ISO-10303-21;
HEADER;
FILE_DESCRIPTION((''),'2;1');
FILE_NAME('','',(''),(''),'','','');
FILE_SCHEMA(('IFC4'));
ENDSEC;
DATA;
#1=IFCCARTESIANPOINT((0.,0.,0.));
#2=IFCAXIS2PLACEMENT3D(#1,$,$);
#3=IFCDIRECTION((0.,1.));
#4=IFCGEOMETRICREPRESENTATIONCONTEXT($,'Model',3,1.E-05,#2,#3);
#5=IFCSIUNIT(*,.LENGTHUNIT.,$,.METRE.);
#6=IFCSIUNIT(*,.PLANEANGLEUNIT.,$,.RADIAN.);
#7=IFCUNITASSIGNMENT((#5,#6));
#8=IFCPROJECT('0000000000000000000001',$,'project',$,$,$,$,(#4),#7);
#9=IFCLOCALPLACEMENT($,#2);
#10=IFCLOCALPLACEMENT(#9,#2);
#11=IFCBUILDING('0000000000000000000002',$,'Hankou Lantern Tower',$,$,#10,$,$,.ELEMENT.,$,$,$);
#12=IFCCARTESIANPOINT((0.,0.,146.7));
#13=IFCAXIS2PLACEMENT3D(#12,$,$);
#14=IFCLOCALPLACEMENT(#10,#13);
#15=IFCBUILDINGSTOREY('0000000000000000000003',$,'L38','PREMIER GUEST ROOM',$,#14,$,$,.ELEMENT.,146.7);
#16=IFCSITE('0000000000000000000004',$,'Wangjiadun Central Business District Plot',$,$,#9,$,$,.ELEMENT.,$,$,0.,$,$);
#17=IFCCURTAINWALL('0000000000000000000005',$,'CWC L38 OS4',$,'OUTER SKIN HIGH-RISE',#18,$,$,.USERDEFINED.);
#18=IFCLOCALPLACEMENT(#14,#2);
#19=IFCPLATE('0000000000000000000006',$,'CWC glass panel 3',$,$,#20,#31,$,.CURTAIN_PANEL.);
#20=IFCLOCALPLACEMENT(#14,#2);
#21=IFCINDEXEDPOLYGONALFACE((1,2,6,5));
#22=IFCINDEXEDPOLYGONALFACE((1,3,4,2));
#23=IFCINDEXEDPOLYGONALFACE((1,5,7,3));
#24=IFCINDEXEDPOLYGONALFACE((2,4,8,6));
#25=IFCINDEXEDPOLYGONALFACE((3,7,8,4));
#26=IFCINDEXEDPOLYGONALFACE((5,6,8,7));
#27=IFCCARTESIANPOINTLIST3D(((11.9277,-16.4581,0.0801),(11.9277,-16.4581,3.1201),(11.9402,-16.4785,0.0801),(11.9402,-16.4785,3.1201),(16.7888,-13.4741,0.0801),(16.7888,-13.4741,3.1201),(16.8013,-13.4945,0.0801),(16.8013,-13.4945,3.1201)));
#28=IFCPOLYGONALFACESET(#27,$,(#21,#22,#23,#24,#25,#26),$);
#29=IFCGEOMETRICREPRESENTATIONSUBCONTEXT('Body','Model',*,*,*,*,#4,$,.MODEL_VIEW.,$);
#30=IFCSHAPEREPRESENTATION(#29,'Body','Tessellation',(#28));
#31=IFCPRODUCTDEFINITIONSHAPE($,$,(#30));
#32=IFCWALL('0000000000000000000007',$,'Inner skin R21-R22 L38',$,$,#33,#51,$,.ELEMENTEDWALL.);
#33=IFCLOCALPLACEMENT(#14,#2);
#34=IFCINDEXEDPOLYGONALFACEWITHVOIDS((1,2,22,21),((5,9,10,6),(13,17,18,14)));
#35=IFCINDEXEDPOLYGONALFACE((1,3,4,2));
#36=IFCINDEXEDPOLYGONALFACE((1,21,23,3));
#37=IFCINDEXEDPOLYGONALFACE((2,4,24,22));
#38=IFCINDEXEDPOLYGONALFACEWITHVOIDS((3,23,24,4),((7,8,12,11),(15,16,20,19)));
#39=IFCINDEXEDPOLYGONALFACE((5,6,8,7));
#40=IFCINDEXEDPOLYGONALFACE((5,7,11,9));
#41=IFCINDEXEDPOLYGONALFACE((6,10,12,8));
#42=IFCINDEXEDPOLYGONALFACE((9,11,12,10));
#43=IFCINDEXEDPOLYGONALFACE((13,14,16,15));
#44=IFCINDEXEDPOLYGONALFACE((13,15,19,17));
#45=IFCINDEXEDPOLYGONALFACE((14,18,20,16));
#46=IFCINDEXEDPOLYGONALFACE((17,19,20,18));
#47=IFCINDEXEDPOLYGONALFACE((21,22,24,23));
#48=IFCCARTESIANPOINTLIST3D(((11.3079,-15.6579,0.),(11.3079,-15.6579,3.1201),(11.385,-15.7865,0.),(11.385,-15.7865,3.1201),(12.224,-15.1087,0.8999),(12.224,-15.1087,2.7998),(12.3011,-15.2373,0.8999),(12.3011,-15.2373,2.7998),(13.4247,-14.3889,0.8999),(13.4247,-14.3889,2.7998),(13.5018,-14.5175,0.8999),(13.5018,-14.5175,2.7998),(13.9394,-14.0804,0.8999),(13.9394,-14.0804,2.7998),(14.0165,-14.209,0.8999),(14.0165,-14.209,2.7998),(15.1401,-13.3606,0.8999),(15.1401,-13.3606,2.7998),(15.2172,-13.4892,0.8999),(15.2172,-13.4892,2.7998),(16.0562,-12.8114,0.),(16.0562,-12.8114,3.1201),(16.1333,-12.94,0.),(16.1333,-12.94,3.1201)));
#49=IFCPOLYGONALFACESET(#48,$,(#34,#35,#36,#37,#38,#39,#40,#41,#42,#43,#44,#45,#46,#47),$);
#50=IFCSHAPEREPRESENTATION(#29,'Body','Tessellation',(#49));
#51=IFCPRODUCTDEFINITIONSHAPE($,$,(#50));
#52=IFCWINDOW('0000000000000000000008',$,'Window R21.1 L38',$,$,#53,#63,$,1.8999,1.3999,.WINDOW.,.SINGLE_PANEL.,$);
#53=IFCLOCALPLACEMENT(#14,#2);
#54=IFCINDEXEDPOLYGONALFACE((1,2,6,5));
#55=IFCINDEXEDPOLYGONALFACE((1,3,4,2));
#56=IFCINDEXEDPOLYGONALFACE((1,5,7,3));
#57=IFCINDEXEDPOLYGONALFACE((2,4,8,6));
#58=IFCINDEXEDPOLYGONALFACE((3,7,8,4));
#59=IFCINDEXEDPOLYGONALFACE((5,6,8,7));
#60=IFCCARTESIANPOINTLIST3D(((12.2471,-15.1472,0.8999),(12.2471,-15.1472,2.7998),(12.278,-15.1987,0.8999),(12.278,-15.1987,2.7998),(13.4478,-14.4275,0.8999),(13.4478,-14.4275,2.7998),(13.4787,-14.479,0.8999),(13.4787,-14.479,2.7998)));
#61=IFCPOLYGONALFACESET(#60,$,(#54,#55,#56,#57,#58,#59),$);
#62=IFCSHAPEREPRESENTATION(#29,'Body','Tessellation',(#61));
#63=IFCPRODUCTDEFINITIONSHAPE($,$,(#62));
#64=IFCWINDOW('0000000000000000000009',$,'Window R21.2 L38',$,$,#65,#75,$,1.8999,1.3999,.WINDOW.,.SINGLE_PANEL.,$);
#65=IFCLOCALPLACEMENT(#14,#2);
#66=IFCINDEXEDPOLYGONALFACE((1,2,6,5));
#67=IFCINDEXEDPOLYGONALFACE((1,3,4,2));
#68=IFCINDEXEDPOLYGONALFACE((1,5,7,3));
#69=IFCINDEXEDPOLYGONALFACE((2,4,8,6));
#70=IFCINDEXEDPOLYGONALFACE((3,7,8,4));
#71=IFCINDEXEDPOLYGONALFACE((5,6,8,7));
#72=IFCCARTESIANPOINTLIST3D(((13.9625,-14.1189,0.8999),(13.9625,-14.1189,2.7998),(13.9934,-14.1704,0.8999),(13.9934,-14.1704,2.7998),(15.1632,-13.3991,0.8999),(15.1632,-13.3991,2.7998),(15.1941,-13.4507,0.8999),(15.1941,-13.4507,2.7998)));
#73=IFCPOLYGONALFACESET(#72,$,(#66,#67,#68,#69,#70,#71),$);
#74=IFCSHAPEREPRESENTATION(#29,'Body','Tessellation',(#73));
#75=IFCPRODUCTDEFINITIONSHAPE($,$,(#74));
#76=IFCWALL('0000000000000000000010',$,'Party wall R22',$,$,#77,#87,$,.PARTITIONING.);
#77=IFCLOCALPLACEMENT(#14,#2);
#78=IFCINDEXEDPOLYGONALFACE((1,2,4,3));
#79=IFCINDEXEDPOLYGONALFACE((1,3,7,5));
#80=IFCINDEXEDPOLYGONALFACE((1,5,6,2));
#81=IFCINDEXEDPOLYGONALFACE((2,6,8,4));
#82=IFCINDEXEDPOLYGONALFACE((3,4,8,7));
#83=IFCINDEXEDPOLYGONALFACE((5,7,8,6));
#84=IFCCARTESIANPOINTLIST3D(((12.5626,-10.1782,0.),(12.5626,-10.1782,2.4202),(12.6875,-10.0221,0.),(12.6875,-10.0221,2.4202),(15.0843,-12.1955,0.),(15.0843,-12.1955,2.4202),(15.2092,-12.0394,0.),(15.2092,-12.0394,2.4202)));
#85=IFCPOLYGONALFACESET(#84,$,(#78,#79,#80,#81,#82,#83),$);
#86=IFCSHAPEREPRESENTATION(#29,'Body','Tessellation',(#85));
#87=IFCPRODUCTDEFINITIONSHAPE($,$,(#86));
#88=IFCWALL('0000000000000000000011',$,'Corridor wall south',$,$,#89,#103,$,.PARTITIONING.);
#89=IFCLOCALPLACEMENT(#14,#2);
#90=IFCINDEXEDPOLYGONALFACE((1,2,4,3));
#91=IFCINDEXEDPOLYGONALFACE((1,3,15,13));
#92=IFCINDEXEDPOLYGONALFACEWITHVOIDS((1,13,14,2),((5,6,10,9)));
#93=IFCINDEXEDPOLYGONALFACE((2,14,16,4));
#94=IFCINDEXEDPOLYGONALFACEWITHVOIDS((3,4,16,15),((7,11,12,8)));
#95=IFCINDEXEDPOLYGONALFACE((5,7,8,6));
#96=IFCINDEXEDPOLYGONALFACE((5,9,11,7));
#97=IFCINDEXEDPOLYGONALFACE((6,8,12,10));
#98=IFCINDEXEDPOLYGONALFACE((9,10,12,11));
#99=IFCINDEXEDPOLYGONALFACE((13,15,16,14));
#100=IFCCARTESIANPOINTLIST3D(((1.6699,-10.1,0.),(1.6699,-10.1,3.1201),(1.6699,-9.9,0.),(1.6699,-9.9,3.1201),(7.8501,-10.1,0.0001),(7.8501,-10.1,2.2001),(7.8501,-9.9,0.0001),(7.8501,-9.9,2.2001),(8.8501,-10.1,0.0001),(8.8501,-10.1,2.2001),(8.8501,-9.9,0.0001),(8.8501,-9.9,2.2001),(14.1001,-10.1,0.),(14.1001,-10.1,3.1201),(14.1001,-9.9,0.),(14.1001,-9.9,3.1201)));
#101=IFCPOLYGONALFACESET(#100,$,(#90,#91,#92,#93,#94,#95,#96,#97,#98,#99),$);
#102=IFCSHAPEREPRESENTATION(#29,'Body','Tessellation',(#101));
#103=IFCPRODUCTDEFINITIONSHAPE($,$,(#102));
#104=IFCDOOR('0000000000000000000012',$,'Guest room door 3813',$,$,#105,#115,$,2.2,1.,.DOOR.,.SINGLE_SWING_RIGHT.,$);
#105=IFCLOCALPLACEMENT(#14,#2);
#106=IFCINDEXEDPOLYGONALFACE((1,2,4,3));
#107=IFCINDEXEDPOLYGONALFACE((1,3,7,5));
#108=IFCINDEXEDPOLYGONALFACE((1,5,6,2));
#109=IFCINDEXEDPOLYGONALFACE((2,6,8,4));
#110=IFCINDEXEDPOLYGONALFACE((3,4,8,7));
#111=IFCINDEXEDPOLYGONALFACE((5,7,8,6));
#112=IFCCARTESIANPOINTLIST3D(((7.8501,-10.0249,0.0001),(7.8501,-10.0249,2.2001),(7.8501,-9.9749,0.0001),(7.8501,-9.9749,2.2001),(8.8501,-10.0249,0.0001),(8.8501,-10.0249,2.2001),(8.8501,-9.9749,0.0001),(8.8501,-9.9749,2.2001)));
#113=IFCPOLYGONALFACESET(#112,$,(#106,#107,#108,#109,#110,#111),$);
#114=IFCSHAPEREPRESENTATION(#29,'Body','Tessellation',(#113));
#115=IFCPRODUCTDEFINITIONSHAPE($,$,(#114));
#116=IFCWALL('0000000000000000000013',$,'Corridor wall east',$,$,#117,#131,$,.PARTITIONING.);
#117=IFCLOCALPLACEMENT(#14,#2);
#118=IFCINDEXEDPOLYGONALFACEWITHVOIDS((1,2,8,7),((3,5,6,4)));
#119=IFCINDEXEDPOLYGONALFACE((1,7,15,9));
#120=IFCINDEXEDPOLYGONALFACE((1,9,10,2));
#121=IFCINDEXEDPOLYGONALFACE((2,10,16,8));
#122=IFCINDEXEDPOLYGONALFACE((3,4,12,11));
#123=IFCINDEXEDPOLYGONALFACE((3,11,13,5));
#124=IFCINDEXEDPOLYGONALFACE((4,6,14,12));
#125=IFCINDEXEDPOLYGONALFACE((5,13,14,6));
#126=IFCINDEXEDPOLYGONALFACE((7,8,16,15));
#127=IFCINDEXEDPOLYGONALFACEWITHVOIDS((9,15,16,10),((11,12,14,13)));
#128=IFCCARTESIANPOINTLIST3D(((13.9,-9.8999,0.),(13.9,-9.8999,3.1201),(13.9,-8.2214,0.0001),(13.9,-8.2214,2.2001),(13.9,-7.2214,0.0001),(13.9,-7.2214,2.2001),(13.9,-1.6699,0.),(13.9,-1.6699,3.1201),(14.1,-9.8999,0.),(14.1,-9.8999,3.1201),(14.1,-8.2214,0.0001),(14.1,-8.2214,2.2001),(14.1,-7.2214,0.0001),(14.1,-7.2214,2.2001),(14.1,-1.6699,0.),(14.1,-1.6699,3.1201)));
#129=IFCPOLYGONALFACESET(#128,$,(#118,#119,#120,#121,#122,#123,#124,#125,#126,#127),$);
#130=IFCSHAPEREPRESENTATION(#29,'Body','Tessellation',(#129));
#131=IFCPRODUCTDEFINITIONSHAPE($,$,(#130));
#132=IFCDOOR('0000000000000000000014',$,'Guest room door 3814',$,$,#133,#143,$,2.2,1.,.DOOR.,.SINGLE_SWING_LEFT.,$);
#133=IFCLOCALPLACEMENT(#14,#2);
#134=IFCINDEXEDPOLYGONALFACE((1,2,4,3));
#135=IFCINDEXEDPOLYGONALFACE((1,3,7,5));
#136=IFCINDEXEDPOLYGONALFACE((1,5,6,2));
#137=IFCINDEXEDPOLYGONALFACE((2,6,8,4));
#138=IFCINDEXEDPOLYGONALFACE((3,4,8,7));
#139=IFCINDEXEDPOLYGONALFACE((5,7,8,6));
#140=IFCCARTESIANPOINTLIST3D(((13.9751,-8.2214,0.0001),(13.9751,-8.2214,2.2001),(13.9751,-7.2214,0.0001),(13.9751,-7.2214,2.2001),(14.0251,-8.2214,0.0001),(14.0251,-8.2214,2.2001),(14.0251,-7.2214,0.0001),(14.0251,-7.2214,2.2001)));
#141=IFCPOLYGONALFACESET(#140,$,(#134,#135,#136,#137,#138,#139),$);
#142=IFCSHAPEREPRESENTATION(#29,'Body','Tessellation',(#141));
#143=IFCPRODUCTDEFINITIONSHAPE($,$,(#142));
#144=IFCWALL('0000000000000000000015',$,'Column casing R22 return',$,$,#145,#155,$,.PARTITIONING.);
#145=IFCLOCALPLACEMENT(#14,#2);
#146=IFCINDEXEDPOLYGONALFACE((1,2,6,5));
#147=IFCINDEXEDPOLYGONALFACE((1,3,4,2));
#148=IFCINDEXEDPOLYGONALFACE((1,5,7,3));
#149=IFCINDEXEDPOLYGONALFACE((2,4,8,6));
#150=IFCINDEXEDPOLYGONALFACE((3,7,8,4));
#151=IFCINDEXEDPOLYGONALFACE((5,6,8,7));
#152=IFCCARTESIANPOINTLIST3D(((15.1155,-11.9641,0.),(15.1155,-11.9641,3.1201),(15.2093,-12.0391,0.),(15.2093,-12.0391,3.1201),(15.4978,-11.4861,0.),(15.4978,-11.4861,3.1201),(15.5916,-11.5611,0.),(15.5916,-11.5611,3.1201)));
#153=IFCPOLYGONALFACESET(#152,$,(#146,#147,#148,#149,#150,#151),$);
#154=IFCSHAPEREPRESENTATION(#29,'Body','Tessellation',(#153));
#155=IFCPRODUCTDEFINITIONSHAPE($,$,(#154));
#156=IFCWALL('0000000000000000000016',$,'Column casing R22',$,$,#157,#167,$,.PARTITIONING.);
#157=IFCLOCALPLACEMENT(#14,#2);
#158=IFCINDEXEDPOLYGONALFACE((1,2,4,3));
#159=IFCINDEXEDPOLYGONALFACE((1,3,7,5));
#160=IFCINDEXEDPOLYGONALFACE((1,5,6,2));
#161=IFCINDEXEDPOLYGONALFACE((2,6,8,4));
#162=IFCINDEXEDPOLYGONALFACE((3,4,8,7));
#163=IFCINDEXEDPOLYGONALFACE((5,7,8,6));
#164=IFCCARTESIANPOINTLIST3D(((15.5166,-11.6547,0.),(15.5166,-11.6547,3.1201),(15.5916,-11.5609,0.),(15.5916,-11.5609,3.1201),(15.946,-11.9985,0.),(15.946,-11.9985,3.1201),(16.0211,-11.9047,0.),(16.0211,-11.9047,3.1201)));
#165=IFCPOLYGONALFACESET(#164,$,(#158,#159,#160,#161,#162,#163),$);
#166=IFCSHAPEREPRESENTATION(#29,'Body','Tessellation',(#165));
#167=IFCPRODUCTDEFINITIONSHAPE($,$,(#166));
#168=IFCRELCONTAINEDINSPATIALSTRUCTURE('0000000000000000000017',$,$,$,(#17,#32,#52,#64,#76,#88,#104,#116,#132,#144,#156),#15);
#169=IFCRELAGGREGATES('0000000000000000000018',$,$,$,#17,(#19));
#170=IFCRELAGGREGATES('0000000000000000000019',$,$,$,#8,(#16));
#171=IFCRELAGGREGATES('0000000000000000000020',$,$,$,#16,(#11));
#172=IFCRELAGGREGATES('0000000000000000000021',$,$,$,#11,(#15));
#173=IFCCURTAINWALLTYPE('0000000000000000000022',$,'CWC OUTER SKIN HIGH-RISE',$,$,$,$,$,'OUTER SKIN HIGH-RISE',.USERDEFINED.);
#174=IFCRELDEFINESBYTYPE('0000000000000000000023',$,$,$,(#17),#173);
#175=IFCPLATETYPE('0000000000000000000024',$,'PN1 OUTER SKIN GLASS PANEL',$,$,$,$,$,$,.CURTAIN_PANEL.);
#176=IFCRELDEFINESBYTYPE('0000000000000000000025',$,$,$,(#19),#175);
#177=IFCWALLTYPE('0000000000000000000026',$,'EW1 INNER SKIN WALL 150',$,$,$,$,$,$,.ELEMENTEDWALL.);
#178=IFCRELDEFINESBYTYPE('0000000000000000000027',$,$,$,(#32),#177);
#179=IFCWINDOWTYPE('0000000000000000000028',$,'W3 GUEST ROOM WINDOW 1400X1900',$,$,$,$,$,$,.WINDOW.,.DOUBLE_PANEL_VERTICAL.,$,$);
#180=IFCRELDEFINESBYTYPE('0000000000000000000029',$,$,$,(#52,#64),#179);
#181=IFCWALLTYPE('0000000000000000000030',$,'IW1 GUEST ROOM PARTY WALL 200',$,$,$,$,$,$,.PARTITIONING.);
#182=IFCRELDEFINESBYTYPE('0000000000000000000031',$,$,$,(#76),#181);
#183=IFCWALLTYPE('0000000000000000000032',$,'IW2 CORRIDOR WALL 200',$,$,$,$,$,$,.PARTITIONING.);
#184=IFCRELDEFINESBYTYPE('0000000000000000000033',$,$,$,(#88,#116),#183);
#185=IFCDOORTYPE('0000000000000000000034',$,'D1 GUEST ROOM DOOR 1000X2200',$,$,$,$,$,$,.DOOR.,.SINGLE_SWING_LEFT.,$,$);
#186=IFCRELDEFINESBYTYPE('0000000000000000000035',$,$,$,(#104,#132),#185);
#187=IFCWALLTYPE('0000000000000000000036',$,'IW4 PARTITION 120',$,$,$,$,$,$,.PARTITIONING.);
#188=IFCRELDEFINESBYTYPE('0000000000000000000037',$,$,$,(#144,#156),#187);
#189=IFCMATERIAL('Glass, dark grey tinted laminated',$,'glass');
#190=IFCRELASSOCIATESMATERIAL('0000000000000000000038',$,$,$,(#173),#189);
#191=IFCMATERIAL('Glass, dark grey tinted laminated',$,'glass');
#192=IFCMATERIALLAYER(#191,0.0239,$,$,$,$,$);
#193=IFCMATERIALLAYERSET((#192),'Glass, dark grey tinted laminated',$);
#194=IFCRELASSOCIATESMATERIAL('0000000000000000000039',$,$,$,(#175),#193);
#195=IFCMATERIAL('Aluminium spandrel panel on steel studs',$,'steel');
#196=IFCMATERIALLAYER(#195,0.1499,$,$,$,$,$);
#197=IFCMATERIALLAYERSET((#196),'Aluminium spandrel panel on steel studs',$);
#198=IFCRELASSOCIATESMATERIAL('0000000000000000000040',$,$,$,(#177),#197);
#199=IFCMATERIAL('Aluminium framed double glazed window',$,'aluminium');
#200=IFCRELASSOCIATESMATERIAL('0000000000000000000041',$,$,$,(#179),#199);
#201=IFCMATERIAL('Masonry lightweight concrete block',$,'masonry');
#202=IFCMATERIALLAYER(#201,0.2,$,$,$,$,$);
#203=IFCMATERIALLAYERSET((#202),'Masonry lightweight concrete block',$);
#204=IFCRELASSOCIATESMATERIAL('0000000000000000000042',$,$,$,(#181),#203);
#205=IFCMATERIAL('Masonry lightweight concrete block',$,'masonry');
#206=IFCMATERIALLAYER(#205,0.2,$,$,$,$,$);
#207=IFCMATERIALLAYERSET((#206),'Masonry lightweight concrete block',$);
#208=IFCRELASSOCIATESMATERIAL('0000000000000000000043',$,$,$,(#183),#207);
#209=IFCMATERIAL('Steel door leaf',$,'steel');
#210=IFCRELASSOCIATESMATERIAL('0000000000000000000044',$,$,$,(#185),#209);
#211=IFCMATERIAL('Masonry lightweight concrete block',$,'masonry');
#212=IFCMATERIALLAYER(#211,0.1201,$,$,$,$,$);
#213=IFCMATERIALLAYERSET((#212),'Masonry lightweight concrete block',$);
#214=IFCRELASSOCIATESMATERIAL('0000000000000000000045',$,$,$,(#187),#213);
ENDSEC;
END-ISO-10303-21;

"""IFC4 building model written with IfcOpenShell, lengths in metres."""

from ifc_helpers import new_model, si_unit, direction, frame, frame_2d, origin, origin_2d, place, context, subcontext, project, spatial, rectangle, extrude, material, layer, layer_set, type_object, element, fill, aggregate, save


model = new_model("IFC4")

# Units and contexts
model_context = context("Model", 3, precision=1e-05, world=origin(), true_north=direction((0.0, 1.0)))
body_context = subcontext(model_context, "Body", "Model", "MODEL_VIEW")
ifc_project = project(units=[si_unit("LENGTHUNIT", "METRE"), si_unit("PLANEANGLEUNIT", "RADIAN")], contexts=[model_context])

# Site, building, storey
site_placement = place(None, origin())
site = spatial("IfcSite", under=ifc_project, at=site_placement, Name="Wangjiadun Central Business District Plot", CompositionType="ELEMENT", RefElevation=0.0)
building_placement = place(site_placement, origin())
building = spatial("IfcBuilding", under=site, at=building_placement, Name="Hankou Lantern Tower", CompositionType="ELEMENT")
storey_placement = place(building_placement, frame((0.0, 0.0, 146.7)))
storey = spatial("IfcBuildingStorey", under=building, at=storey_placement, Name="L38", Description="PREMIER GUEST ROOM", CompositionType="ELEMENT", Elevation=146.7)

# Curtain wall
ifc_material_1 = material(Name="Glass, dark grey tinted laminated", Category="glass")
curtain_wall_type = type_object("IfcCurtainWallType", Name="CWC OUTER SKIN HIGH-RISE", ElementType="OUTER SKIN HIGH-RISE", PredefinedType="USERDEFINED", material=ifc_material_1)
curtain_wall_placement = place(storey_placement, origin())
curtain_wall = element("IfcCurtainWall", 1, at=curtain_wall_placement, inside=storey, type_object=curtain_wall_type, Name="CWC L38 OS4", ObjectType="OUTER SKIN HIGH-RISE", PredefinedType="USERDEFINED")

# Plate
ifc_material_2 = material(Name="Glass, dark grey tinted laminated", Category="glass")
ifc_layer_1 = layer(ifc_material_2, 0.0239)
ifc_layer_set_1 = layer_set([ifc_layer_1], Name="Glass, dark grey tinted laminated")
plate_type = type_object("IfcPlateType", Name="PN1 OUTER SKIN GLASS PANEL", PredefinedType="CURTAIN_PANEL", material=ifc_layer_set_1)
plate_placement = place(storey_placement, frame((14.3645, -14.9763, 0.0801), z_axis=(0.0, 0.0, 1.0), x_axis=(0.852237, 0.523156, 0.0)))
plate = element("IfcPlate", 2, at=plate_placement, type_object=plate_type, Name="CWC glass panel 3", PredefinedType="CURTAIN_PANEL", context=body_context, shape_type="SweptSolid", body=[
    extrude(rectangle(XDim=5.7039, YDim=0.0239, at=origin_2d()), origin(), (0.0, 0.0, 1.0), 3.04),
])
aggregate(curtain_wall, [plate])

# Wall, openings, windows
ifc_material_3 = material(Name="Aluminium spandrel panel on steel studs", Category="steel")
ifc_layer_2 = layer(ifc_material_3, 0.1499)
ifc_layer_set_2 = layer_set([ifc_layer_2], Name="Aluminium spandrel panel on steel studs")
wall_type_1 = type_object("IfcWallType", Name="EW1 INNER SKIN WALL 150", PredefinedType="ELEMENTEDWALL", material=ifc_layer_set_2)
wall_1_placement = place(storey_placement, frame((11.3464, -15.7222, 0.0), z_axis=(0.0, 0.0, 1.0), x_axis=(0.857695, 0.514158, 0.0)))
wall_1 = element("IfcWall", 3, at=wall_1_placement, inside=storey, type_object=wall_type_1, Name="Inner skin R21-R22 L38", PredefinedType="ELEMENTEDWALL", context=body_context, shape_type="SweptSolid", body=[
    extrude(rectangle(XDim=5.5361, YDim=0.1499, at=frame_2d((2.7681, 0.0))), origin(), (0.0, 0.0, 1.0), 3.1201),
])
opening_1_placement = place(wall_1_placement, frame((1.0681, 0.0, 0.8999)))
opening_1 = element("IfcOpeningElement", 4, at=opening_1_placement, cuts=wall_1, PredefinedType="OPENING", context=body_context, shape_type="SweptSolid", body=[
    extrude(rectangle(XDim=1.3999, YDim=1.8999, at=frame_2d((0.7, 0.95))), frame((0.0, 0.085, 0.0), z_axis=(0.0, -1.0, 0.0), x_axis=(1.0, 0.0, 0.0)), (0.0, 0.0, 1.0), 0.1699),
])
opening_2_placement = place(wall_1_placement, frame((3.0681, 0.0, 0.8999)))
opening_2 = element("IfcOpeningElement", 5, at=opening_2_placement, cuts=wall_1, PredefinedType="OPENING", context=body_context, shape_type="SweptSolid", body=[
    extrude(rectangle(XDim=1.3999, YDim=1.8999, at=frame_2d((0.7, 0.95))), frame((0.0, 0.085, 0.0), z_axis=(0.0, -1.0, 0.0), x_axis=(1.0, 0.0, 0.0)), (0.0, 0.0, 1.0), 0.1699),
])
ifc_material_4 = material(Name="Aluminium framed double glazed window", Category="aluminium")
window_type = type_object("IfcWindowType", Name="W3 GUEST ROOM WINDOW 1400X1900", PartitioningType="DOUBLE_PANEL_VERTICAL", PredefinedType="WINDOW", material=ifc_material_4)
window_1_placement = place(opening_1_placement, origin())
window_1 = element("IfcWindow", 6, at=window_1_placement, inside=storey, type_object=window_type, Name="Window R21.1 L38", OverallHeight=1.8999, OverallWidth=1.3999, PartitioningType="SINGLE_PANEL", PredefinedType="WINDOW", context=body_context, shape_type="SweptSolid", body=[
    extrude(rectangle(XDim=1.3999, YDim=1.8999, at=frame_2d((0.7, 0.95))), frame((0.0, 0.03, 0.0), z_axis=(0.0, -1.0, 0.0), x_axis=(1.0, 0.0, 0.0)), (0.0, 0.0, 1.0), 0.0601),
])
fill(opening_1, window_1)
window_2_placement = place(opening_2_placement, origin())
window_2 = element("IfcWindow", 7, at=window_2_placement, inside=storey, type_object=window_type, Name="Window R21.2 L38", OverallHeight=1.8999, OverallWidth=1.3999, PartitioningType="SINGLE_PANEL", PredefinedType="WINDOW", context=body_context, shape_type="SweptSolid", body=[
    extrude(rectangle(XDim=1.3999, YDim=1.8999, at=frame_2d((0.7, 0.95))), frame((0.0, 0.03, 0.0), z_axis=(0.0, -1.0, 0.0), x_axis=(1.0, 0.0, 0.0)), (0.0, 0.0, 1.0), 0.0601),
])
fill(opening_2, window_2)

# Wall
ifc_material_5 = material(Name="Masonry lightweight concrete block", Category="masonry")
ifc_layer_3 = layer(ifc_material_5, 0.2)
ifc_layer_set_3 = layer_set([ifc_layer_3], Name="Masonry lightweight concrete block")
wall_type_2 = type_object("IfcWallType", Name="IW1 GUEST ROOM PARTY WALL 200", PredefinedType="PARTITIONING", material=ifc_layer_set_3)
wall_2_placement = place(storey_placement, frame((12.625, -10.1001, 0.0), z_axis=(0.0, 0.0, 1.0), x_axis=(0.780876, -0.624686, 0.0)))
element("IfcWall", 8, at=wall_2_placement, inside=storey, type_object=wall_type_2, Name="Party wall R22", PredefinedType="PARTITIONING", context=body_context, shape_type="SweptSolid", body=[
    extrude(rectangle(XDim=3.2292, YDim=0.2, at=frame_2d((1.6147, 0.0))), origin(), (0.0, 0.0, 1.0), 2.4202),
])

# Walls, openings, doors
ifc_material_6 = material(Name="Masonry lightweight concrete block", Category="masonry")
ifc_layer_4 = layer(ifc_material_6, 0.2)
ifc_layer_set_4 = layer_set([ifc_layer_4], Name="Masonry lightweight concrete block")
wall_type_3 = type_object("IfcWallType", Name="IW2 CORRIDOR WALL 200", PredefinedType="PARTITIONING", material=ifc_layer_set_4)
wall_3_placement = place(storey_placement, frame((14.1001, -10.0, 0.0), z_axis=(0.0, 0.0, 1.0), x_axis=(-1.0, 0.0, 0.0)))
wall_3 = element("IfcWall", 9, at=wall_3_placement, inside=storey, type_object=wall_type_3, Name="Corridor wall south", PredefinedType="PARTITIONING", context=body_context, shape_type="SweptSolid", body=[
    extrude(rectangle(XDim=12.4302, YDim=0.2, at=frame_2d((6.2151, 0.0))), origin(), (0.0, 0.0, 1.0), 3.1201),
])
opening_3_placement = place(wall_3_placement, frame((5.25, 0.0, 0.0)))
opening_3 = element("IfcOpeningElement", 10, at=opening_3_placement, cuts=wall_3, PredefinedType="OPENING", context=body_context, shape_type="SweptSolid", body=[
    extrude(rectangle(XDim=1.0, YDim=2.2, at=frame_2d((0.5, 1.1001))), frame((0.0, 0.1099, 0.0), z_axis=(0.0, -1.0, 0.0), x_axis=(1.0, 0.0, 0.0)), (0.0, 0.0, 1.0), 0.22),
])
ifc_material_7 = material(Name="Steel door leaf", Category="steel")
door_type = type_object("IfcDoorType", Name="D1 GUEST ROOM DOOR 1000X2200", OperationType="SINGLE_SWING_LEFT", PredefinedType="DOOR", material=ifc_material_7)
door_1_placement = place(opening_3_placement, origin())
door_1 = element("IfcDoor", 11, at=door_1_placement, inside=storey, type_object=door_type, Name="Guest room door 3813", OperationType="SINGLE_SWING_RIGHT", OverallHeight=2.2, OverallWidth=1.0, PredefinedType="DOOR", context=body_context, shape_type="SweptSolid", body=[
    extrude(rectangle(XDim=1.0, YDim=2.2, at=frame_2d((0.5, 1.1001))), frame((0.0, 0.0249, 0.0), z_axis=(0.0, -1.0, 0.0), x_axis=(1.0, 0.0, 0.0)), (0.0, 0.0, 1.0), 0.05),
])
fill(opening_3, door_1)
wall_4_placement = place(storey_placement, frame((14.0, -9.8999, 0.0), z_axis=(0.0, 0.0, 1.0), x_axis=(0.0, 1.0, 0.0)))
wall_4 = element("IfcWall", 12, at=wall_4_placement, inside=storey, type_object=wall_type_3, Name="Corridor wall east", PredefinedType="PARTITIONING", context=body_context, shape_type="SweptSolid", body=[
    extrude(rectangle(XDim=8.23, YDim=0.2, at=frame_2d((4.115, 0.0))), origin(), (0.0, 0.0, 1.0), 3.1201),
])
opening_4_placement = place(wall_4_placement, frame((1.6785, 0.0, 0.0)))
opening_4 = element("IfcOpeningElement", 13, at=opening_4_placement, cuts=wall_4, PredefinedType="OPENING", context=body_context, shape_type="SweptSolid", body=[
    extrude(rectangle(XDim=1.0, YDim=2.2, at=frame_2d((0.5, 1.1001))), frame((0.0, 0.1099, 0.0), z_axis=(0.0, -1.0, 0.0), x_axis=(1.0, 0.0, 0.0)), (0.0, 0.0, 1.0), 0.22),
])
door_2_placement = place(opening_4_placement, origin())
door_2 = element("IfcDoor", 14, at=door_2_placement, inside=storey, type_object=door_type, Name="Guest room door 3814", OperationType="SINGLE_SWING_LEFT", OverallHeight=2.2, OverallWidth=1.0, PredefinedType="DOOR", context=body_context, shape_type="SweptSolid", body=[
    extrude(rectangle(XDim=1.0, YDim=2.2, at=frame_2d((0.5, 1.1001))), frame((0.0, 0.0249, 0.0), z_axis=(0.0, -1.0, 0.0), x_axis=(1.0, 0.0, 0.0)), (0.0, 0.0, 1.0), 0.05),
])
fill(opening_4, door_2)

# Walls
ifc_material_8 = material(Name="Masonry lightweight concrete block", Category="masonry")
ifc_layer_5 = layer(ifc_material_8, 0.1201)
ifc_layer_set_5 = layer_set([ifc_layer_5], Name="Masonry lightweight concrete block")
wall_type_4 = type_object("IfcWallType", Name="IW4 PARTITION 120", PredefinedType="PARTITIONING", material=ifc_layer_set_5)
wall_5_placement = place(storey_placement, frame((15.1624, -12.0017, 0.0), z_axis=(0.0, 0.0, 1.0), x_axis=(0.624598, 0.780947, 0.0)))
element("IfcWall", 15, at=wall_5_placement, inside=storey, type_object=wall_type_4, Name="Column casing R22 return", PredefinedType="PARTITIONING", context=body_context, shape_type="SweptSolid", body=[
    extrude(rectangle(XDim=0.6121, YDim=0.1201, at=frame_2d((0.3062, 0.0))), origin(), (0.0, 0.0, 1.0), 3.1201),
])
wall_6_placement = place(storey_placement, frame((15.5542, -11.6079, 0.0), z_axis=(0.0, 0.0, 1.0), x_axis=(0.780696, -0.624912, 0.0)))
element("IfcWall", 16, at=wall_6_placement, inside=storey, type_object=wall_type_4, Name="Column casing R22", PredefinedType="PARTITIONING", context=body_context, shape_type="SweptSolid", body=[
    extrude(rectangle(XDim=0.55, YDim=0.1201, at=frame_2d((0.2749, 0.0))), origin(), (0.0, 0.0, 1.0), 3.1201),
])

save(model, "model.ifc")
